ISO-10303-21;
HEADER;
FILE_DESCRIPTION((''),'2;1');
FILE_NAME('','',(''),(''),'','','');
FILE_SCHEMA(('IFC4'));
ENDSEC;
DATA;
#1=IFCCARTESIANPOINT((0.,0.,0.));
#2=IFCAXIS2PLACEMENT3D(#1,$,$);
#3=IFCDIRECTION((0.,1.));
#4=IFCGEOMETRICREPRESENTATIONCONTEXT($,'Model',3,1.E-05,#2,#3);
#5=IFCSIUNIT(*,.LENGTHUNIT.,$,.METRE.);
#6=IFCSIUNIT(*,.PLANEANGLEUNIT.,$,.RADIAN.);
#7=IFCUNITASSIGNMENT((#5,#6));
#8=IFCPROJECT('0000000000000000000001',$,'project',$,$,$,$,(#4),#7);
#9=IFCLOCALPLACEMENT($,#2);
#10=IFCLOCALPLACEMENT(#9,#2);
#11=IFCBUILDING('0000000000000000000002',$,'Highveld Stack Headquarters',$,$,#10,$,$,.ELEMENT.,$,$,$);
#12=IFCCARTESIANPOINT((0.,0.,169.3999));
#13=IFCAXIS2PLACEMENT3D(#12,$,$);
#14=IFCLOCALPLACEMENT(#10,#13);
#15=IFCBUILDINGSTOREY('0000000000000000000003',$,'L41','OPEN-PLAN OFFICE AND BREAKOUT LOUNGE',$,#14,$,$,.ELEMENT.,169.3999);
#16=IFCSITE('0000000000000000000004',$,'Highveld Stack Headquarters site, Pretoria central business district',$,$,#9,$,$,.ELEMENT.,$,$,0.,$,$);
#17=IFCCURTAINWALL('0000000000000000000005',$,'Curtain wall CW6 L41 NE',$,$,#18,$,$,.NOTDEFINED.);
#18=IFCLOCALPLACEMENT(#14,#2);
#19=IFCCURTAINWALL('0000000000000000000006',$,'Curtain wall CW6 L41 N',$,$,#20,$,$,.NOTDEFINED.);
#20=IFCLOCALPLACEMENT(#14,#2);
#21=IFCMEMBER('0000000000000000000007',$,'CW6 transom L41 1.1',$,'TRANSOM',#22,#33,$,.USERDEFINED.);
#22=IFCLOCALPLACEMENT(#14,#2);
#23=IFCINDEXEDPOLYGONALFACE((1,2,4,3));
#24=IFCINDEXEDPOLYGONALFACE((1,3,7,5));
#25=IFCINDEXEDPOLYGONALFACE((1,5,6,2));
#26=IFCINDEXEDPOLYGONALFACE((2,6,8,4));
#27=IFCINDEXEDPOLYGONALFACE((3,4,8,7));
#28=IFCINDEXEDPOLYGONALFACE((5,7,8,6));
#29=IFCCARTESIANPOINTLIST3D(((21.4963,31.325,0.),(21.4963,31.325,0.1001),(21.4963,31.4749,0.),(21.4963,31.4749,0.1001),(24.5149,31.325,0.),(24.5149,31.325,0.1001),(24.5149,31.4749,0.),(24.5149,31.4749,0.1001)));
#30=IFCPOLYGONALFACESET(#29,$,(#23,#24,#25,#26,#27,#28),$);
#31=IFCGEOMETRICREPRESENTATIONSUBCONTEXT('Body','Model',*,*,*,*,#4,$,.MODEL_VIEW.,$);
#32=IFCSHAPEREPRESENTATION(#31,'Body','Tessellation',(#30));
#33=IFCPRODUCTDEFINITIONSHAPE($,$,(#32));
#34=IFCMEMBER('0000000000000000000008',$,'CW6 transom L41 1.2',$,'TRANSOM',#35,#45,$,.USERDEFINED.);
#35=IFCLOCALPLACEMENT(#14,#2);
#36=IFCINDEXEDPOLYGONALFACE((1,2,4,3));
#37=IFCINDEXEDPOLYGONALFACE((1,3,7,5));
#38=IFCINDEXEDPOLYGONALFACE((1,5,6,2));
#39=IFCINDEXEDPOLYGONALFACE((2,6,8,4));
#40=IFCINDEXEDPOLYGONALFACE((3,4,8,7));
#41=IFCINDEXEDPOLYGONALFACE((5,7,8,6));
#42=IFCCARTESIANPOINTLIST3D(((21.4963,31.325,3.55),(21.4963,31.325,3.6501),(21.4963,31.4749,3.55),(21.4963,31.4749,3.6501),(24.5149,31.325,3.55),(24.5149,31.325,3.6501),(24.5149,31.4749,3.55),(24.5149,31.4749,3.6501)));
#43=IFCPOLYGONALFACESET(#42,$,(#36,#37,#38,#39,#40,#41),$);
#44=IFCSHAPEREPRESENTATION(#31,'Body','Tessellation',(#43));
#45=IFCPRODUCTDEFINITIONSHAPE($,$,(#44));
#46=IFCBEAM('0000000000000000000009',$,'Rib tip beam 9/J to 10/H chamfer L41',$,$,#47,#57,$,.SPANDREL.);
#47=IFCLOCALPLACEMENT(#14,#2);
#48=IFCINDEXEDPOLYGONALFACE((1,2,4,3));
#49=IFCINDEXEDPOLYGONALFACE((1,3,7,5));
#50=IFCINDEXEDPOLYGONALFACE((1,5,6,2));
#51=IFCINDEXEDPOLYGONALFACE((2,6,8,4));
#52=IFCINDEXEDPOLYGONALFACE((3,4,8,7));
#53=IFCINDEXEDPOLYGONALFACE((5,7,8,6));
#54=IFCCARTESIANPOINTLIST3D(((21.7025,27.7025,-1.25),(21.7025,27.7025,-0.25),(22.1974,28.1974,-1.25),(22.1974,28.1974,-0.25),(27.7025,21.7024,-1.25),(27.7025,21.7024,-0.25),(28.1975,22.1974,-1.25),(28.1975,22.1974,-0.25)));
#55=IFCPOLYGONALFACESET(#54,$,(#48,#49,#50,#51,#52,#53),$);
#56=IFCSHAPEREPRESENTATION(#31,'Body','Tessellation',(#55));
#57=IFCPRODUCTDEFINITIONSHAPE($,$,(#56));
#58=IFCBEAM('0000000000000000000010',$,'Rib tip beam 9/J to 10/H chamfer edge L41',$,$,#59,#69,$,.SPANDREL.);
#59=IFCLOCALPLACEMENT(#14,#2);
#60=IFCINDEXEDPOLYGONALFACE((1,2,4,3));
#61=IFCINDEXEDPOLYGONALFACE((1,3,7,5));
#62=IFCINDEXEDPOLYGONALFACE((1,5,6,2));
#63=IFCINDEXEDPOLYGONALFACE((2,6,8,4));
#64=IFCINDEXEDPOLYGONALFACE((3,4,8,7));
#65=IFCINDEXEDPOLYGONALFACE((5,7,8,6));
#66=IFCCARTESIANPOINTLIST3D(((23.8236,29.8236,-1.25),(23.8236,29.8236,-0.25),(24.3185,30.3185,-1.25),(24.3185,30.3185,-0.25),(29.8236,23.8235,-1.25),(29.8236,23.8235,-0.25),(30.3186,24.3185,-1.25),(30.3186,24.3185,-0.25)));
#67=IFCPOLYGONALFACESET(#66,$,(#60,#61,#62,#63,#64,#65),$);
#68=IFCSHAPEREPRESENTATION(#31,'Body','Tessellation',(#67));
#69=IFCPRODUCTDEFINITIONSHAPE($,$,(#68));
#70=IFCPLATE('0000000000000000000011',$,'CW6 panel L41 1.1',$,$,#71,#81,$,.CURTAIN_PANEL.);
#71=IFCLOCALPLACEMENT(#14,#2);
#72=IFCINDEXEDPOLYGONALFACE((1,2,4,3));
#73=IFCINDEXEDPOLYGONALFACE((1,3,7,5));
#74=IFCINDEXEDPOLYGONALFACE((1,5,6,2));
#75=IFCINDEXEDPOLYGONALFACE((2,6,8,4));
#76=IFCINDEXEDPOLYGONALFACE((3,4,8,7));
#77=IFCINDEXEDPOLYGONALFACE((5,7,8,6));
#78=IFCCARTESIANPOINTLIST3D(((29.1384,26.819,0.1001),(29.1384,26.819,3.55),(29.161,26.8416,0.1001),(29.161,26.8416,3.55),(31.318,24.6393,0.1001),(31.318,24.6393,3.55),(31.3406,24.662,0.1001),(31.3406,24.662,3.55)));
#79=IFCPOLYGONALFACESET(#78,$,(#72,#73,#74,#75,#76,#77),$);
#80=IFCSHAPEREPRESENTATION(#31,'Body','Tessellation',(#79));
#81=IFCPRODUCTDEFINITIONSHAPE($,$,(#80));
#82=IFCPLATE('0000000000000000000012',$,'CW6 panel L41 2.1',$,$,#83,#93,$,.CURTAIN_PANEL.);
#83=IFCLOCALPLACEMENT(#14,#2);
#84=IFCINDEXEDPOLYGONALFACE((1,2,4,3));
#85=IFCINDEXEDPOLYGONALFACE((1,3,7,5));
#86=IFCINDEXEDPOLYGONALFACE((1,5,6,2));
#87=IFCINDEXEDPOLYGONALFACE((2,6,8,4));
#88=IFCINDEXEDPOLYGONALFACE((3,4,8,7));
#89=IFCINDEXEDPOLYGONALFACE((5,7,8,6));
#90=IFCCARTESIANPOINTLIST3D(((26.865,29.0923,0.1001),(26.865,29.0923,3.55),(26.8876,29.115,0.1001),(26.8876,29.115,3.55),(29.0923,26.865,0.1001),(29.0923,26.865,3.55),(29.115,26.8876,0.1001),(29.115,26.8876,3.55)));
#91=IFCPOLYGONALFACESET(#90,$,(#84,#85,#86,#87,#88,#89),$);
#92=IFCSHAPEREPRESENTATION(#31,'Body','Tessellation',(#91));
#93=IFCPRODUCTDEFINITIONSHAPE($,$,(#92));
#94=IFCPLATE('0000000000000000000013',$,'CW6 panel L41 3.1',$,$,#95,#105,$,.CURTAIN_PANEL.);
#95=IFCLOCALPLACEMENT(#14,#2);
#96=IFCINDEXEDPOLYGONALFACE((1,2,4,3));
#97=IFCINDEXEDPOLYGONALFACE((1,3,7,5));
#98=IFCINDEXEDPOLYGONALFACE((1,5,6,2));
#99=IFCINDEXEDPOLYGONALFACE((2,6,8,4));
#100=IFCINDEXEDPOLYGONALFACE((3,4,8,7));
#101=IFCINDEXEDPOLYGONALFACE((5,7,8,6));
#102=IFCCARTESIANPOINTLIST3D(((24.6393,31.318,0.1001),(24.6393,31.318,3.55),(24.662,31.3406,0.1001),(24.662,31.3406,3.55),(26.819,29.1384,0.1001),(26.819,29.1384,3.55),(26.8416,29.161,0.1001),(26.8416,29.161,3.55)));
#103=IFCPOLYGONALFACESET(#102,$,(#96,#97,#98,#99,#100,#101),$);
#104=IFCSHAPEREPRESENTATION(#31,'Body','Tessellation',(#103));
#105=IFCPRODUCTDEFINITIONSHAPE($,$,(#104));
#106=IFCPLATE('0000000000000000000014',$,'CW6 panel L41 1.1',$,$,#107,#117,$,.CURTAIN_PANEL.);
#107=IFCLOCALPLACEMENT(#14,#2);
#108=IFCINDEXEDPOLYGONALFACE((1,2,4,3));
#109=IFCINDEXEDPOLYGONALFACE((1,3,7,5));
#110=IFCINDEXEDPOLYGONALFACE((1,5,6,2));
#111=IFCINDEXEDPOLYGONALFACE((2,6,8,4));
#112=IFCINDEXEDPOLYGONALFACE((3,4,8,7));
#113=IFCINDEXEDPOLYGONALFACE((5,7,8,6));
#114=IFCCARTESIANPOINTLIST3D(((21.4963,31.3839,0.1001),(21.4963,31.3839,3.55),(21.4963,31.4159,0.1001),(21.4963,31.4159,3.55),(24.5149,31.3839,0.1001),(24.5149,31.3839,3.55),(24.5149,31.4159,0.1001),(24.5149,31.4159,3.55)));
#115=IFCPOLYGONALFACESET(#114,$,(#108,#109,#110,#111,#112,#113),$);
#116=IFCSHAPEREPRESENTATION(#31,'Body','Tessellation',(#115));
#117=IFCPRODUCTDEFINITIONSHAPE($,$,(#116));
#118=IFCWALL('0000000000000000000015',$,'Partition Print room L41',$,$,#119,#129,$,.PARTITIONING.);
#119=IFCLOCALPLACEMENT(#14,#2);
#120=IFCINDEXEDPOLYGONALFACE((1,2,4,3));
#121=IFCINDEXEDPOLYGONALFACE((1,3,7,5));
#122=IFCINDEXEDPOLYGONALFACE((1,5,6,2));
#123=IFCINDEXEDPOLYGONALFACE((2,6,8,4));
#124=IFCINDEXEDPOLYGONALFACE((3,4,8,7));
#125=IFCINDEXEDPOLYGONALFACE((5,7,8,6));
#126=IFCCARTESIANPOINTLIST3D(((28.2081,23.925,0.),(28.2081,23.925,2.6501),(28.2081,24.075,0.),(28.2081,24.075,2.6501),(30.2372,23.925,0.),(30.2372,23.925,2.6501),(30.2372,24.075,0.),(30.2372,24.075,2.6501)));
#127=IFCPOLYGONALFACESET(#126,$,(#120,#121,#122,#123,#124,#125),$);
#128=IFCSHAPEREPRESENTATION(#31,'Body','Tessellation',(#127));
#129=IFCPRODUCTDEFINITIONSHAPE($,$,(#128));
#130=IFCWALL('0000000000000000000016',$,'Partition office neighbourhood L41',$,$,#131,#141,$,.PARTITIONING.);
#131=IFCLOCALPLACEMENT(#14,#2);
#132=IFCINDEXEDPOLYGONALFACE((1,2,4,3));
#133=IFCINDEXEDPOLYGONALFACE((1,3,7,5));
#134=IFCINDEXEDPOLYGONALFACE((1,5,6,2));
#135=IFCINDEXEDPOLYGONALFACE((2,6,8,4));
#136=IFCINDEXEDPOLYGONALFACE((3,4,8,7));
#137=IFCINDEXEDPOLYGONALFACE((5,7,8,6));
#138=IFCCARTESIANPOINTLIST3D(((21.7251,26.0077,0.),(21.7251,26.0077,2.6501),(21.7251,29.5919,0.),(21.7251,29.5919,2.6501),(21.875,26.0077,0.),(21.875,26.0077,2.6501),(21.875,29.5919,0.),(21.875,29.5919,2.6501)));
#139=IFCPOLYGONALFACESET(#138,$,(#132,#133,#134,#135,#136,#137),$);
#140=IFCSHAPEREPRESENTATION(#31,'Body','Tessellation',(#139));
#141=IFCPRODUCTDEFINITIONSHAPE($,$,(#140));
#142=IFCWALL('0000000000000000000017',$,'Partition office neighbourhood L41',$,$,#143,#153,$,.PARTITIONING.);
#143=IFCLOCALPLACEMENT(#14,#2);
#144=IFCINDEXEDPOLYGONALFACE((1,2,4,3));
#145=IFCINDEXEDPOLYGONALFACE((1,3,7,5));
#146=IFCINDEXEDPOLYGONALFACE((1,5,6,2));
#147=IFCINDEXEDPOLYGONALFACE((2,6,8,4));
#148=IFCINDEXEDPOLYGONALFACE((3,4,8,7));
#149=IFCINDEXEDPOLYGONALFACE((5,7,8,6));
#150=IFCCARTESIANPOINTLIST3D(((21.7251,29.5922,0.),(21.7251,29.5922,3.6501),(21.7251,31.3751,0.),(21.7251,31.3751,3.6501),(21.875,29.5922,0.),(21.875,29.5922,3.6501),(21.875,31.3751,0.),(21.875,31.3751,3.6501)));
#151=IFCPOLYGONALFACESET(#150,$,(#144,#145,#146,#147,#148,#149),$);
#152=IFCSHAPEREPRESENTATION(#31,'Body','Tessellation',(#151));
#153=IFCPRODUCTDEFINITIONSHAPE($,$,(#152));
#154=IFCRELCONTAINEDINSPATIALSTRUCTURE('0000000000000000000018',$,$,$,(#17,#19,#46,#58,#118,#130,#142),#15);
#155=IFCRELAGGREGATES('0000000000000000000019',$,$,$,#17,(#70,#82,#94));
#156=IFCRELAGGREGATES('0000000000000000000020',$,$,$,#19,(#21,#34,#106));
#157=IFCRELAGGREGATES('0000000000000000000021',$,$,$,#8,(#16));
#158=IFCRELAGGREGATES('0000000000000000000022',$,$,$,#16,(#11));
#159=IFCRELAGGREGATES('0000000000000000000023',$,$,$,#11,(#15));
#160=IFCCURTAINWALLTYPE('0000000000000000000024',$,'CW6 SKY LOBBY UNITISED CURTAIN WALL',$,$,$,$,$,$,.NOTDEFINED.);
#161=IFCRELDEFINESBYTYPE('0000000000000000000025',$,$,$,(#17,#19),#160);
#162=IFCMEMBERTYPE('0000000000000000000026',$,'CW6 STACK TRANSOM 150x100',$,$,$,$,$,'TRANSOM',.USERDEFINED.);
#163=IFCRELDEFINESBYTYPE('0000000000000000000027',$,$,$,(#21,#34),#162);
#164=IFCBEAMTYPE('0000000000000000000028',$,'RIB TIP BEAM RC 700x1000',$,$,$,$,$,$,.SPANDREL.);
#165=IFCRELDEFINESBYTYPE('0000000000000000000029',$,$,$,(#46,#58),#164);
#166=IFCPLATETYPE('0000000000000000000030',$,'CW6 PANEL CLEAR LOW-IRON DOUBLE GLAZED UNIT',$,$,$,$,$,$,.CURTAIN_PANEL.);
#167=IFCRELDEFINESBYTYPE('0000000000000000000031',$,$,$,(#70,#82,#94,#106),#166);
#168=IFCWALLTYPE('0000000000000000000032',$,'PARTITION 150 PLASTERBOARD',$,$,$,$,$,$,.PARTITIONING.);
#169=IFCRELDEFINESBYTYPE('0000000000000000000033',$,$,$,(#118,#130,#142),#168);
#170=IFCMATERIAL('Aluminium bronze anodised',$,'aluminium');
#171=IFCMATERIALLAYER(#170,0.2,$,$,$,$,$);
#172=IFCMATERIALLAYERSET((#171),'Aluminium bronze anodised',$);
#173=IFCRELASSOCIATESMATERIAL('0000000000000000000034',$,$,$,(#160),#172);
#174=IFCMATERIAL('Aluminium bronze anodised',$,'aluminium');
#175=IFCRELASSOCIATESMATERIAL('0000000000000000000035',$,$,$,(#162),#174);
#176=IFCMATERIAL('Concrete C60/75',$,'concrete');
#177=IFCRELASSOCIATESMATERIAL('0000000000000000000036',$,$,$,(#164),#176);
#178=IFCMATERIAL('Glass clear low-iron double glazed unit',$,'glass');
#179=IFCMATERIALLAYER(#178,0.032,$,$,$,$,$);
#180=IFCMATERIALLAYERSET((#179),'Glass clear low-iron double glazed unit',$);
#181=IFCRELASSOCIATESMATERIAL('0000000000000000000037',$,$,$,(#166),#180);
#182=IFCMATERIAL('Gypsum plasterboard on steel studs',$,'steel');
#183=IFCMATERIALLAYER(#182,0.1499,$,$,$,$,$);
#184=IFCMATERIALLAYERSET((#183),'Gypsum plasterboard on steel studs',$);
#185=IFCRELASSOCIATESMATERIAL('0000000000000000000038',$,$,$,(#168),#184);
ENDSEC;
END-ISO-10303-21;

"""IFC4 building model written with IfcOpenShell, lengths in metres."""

from ifc_helpers import new_model, si_unit, direction, frame, frame_2d, origin, origin_2d, place, context, subcontext, project, spatial, rectangle, extrude, material, layer, layer_set, material_profile, profile_set, type_object, element, aggregate, save


model = new_model("IFC4")

# Units and contexts
model_context = context("Model", 3, precision=1e-05, world=origin(), true_north=direction((0.0, 1.0)))
body_context = subcontext(model_context, "Body", "Model", "MODEL_VIEW")
ifc_project = project(units=[si_unit("LENGTHUNIT", "METRE"), si_unit("PLANEANGLEUNIT", "RADIAN")], contexts=[model_context])

# Site, building, storey
site_placement = place(None, origin())
site = spatial("IfcSite", under=ifc_project, at=site_placement, Name="Highveld Stack Headquarters site, Pretoria central business district", CompositionType="ELEMENT", RefElevation=0.0)
building_placement = place(site_placement, origin())
building = spatial("IfcBuilding", under=site, at=building_placement, Name="Highveld Stack Headquarters", CompositionType="ELEMENT")
storey_placement = place(building_placement, frame((0.0, 0.0, 169.3999)))
storey = spatial("IfcBuildingStorey", under=building, at=storey_placement, Name="L41", Description="OPEN-PLAN OFFICE AND BREAKOUT LOUNGE", CompositionType="ELEMENT", Elevation=169.3999)

# Shared definitions
ifc_material_1 = material(Name="Aluminium bronze anodised", Category="aluminium")
ifc_layer_1 = layer(ifc_material_1, 0.2)
ifc_layer_set_1 = layer_set([ifc_layer_1], Name="Aluminium bronze anodised")
curtain_wall_type = type_object("IfcCurtainWallType", Name="CW6 SKY LOBBY UNITISED CURTAIN WALL", PredefinedType="NOTDEFINED", material=ifc_layer_set_1)

# Curtain wall
curtain_wall_1_placement = place(storey_placement, origin())
curtain_wall_1 = element("IfcCurtainWall", 1, at=curtain_wall_1_placement, inside=storey, type_object=curtain_wall_type, Name="Curtain wall CW6 L41 NE", PredefinedType="NOTDEFINED")

# Curtain wall
curtain_wall_2_placement = place(storey_placement, origin())
curtain_wall_2 = element("IfcCurtainWall", 2, at=curtain_wall_2_placement, inside=storey, type_object=curtain_wall_type, Name="Curtain wall CW6 L41 N", PredefinedType="NOTDEFINED")

# Members
ifc_material_2 = material(Name="Aluminium bronze anodised", Category="aluminium")
ifc_material_profile_1 = material_profile(ifc_material_2, rectangle(XDim=0.1499, YDim=0.1001, at=origin_2d()), Name="CW6 TRANSOM 150x100")
ifc_profile_set_1 = profile_set([ifc_material_profile_1], Name="Aluminium bronze anodised")
member_type_1 = type_object("IfcMemberType", Name="CW6 STACK TRANSOM 150x100", ElementType="TRANSOM", PredefinedType="USERDEFINED", material=ifc_profile_set_1)
member_1_placement = place(storey_placement, frame((24.5149, 31.3999, 0.05), z_axis=(-1.0, 0.0, 0.0), x_axis=(0.0, -1.0, 0.0)))
member_1 = element("IfcMember", 3, at=member_1_placement, type_object=member_type_1, Name="CW6 transom L41 1.1", ObjectType="TRANSOM", PredefinedType="USERDEFINED", context=body_context, shape_type="SweptSolid", body=[
    extrude(rectangle(XDim=0.1499, YDim=0.1001, at=origin_2d()), origin(), (0.0, 0.0, 1.0), 3.0186),
])
member_2_placement = place(storey_placement, frame((24.5149, 31.3999, 3.6001), z_axis=(-1.0, 0.0, 0.0), x_axis=(0.0, -1.0, 0.0)))
member_2 = element("IfcMember", 4, at=member_2_placement, type_object=member_type_1, Name="CW6 transom L41 1.2", ObjectType="TRANSOM", PredefinedType="USERDEFINED", context=body_context, shape_type="SweptSolid", body=[
    extrude(rectangle(XDim=0.1499, YDim=0.1001, at=origin_2d()), origin(), (0.0, 0.0, 1.0), 3.0186),
])

# Beams
ifc_material_3 = material(Name="Concrete C60/75", Category="concrete")
ifc_material_profile_2 = material_profile(ifc_material_3, rectangle(XDim=0.7, YDim=1.0, at=origin_2d()), Name="RC 700x1000")
ifc_profile_set_2 = profile_set([ifc_material_profile_2], Name="Concrete C60/75")
beam_type = type_object("IfcBeamType", Name="RIB TIP BEAM RC 700x1000", PredefinedType="SPANDREL", material=ifc_profile_set_2)
for number, where, z_axis, x_axis, name in (
    (5, (21.95, 27.95, -0.75), (0.707107, -0.707107, 0.0), (0.707107, 0.707107, 0.0), "Rib tip beam 9/J to 10/H chamfer L41"),
    (6, (24.071, 30.071, -0.75), (0.707107, -0.707107, 0.0), (0.707107, 0.707107, 0.0), "Rib tip beam 9/J to 10/H chamfer edge L41"),
):
    element("IfcBeam", number, at=place(storey_placement, frame(where, z_axis=z_axis, x_axis=x_axis)), inside=storey, type_object=beam_type, Name=name, PredefinedType="SPANDREL", context=body_context, shape_type="SweptSolid", body=[
        extrude(rectangle(XDim=0.7, YDim=1.0, at=origin_2d()), origin(), (0.0, 0.0, 1.0), 8.4854),
    ])

# Plates
ifc_material_4 = material(Name="Glass clear low-iron double glazed unit", Category="glass")
ifc_layer_2 = layer(ifc_material_4, 0.032)
ifc_layer_set_2 = layer_set([ifc_layer_2], Name="Glass clear low-iron double glazed unit")
plate_type = type_object("IfcPlateType", Name="CW6 PANEL CLEAR LOW-IRON DOUBLE GLAZED UNIT", PredefinedType="CURTAIN_PANEL", material=ifc_layer_set_2)
plate_1_placement = place(storey_placement, frame((30.2395, 25.7405, 0.1001), z_axis=(0.0, 0.0, 1.0), x_axis=(-0.707107, 0.707107, 0.0)))
plate_1 = element("IfcPlate", 7, at=plate_1_placement, type_object=plate_type, Name="CW6 panel L41 1.1", PredefinedType="CURTAIN_PANEL", context=body_context, shape_type="SweptSolid", body=[
    extrude(rectangle(XDim=3.0825, YDim=0.032, at=origin_2d()), origin(), (0.0, 0.0, 1.0), 3.45),
])
plate_2_placement = place(storey_placement, frame((27.99, 27.99, 0.1001), z_axis=(0.0, 0.0, 1.0), x_axis=(-0.707107, 0.707107, 0.0)))
plate_2 = element("IfcPlate", 8, at=plate_2_placement, type_object=plate_type, Name="CW6 panel L41 2.1", PredefinedType="CURTAIN_PANEL", context=body_context, shape_type="SweptSolid", body=[
    extrude(rectangle(XDim=3.1499, YDim=0.032, at=origin_2d()), origin(), (0.0, 0.0, 1.0), 3.45),
])
plate_3_placement = place(storey_placement, frame((25.7405, 30.2395, 0.1001), z_axis=(0.0, 0.0, 1.0), x_axis=(-0.707107, 0.707107, 0.0)))
plate_3 = element("IfcPlate", 9, at=plate_3_placement, type_object=plate_type, Name="CW6 panel L41 3.1", PredefinedType="CURTAIN_PANEL", context=body_context, shape_type="SweptSolid", body=[
    extrude(rectangle(XDim=3.0825, YDim=0.032, at=origin_2d()), origin(), (0.0, 0.0, 1.0), 3.45),
])
aggregate(curtain_wall_1, [plate_1, plate_2, plate_3])
plate_4_placement = place(storey_placement, frame((23.0056, 31.3999, 0.1001), z_axis=(0.0, 0.0, 1.0), x_axis=(-1.0, 0.0, 0.0)))
plate_4 = element("IfcPlate", 10, at=plate_4_placement, type_object=plate_type, Name="CW6 panel L41 1.1", PredefinedType="CURTAIN_PANEL", context=body_context, shape_type="SweptSolid", body=[
    extrude(rectangle(XDim=3.0186, YDim=0.032, at=origin_2d()), origin(), (0.0, 0.0, 1.0), 3.45),
])
aggregate(curtain_wall_2, [member_1, member_2, plate_4])

# Walls
ifc_material_5 = material(Name="Gypsum plasterboard on steel studs", Category="steel")
ifc_layer_3 = layer(ifc_material_5, 0.1499)
ifc_layer_set_3 = layer_set([ifc_layer_3], Name="Gypsum plasterboard on steel studs")
wall_type = type_object("IfcWallType", Name="PARTITION 150 PLASTERBOARD", PredefinedType="PARTITIONING", material=ifc_layer_set_3)
wall_1_placement = place(storey_placement, frame((28.208, 24.0, 0.0), z_axis=(0.0, 0.0, 1.0), x_axis=(1.0, 0.0, 0.0)))
element("IfcWall", 11, at=wall_1_placement, inside=storey, type_object=wall_type, Name="Partition Print room L41", PredefinedType="PARTITIONING", context=body_context, shape_type="SweptSolid", body=[
    extrude(rectangle(XDim=2.0291, YDim=0.1499, at=frame_2d((1.0146, 0.0))), origin(), (0.0, 0.0, 1.0), 2.6501),
])
wall_2_placement = place(storey_placement, frame((21.8, 26.0078, 0.0), z_axis=(0.0, 0.0, 1.0), x_axis=(0.0, 1.0, 0.0)))
element("IfcWall", 12, at=wall_2_placement, inside=storey, type_object=wall_type, Name="Partition office neighbourhood L41", PredefinedType="PARTITIONING", context=body_context, shape_type="SweptSolid", body=[
    extrude(rectangle(XDim=3.5842, YDim=0.1499, at=frame_2d((1.792, 0.0))), origin(), (0.0, 0.0, 1.0), 2.6501),
])
wall_3_placement = place(storey_placement, frame((21.8, 29.592, 0.0), z_axis=(0.0, 0.0, 1.0), x_axis=(0.0, 1.0, 0.0)))
element("IfcWall", 13, at=wall_3_placement, inside=storey, type_object=wall_type, Name="Partition office neighbourhood L41", PredefinedType="PARTITIONING", context=body_context, shape_type="SweptSolid", body=[
    extrude(rectangle(XDim=1.783, YDim=0.1499, at=frame_2d((0.8916, 0.0))), origin(), (0.0, 0.0, 1.0), 3.6501),
])

save(model, "model.ifc")
